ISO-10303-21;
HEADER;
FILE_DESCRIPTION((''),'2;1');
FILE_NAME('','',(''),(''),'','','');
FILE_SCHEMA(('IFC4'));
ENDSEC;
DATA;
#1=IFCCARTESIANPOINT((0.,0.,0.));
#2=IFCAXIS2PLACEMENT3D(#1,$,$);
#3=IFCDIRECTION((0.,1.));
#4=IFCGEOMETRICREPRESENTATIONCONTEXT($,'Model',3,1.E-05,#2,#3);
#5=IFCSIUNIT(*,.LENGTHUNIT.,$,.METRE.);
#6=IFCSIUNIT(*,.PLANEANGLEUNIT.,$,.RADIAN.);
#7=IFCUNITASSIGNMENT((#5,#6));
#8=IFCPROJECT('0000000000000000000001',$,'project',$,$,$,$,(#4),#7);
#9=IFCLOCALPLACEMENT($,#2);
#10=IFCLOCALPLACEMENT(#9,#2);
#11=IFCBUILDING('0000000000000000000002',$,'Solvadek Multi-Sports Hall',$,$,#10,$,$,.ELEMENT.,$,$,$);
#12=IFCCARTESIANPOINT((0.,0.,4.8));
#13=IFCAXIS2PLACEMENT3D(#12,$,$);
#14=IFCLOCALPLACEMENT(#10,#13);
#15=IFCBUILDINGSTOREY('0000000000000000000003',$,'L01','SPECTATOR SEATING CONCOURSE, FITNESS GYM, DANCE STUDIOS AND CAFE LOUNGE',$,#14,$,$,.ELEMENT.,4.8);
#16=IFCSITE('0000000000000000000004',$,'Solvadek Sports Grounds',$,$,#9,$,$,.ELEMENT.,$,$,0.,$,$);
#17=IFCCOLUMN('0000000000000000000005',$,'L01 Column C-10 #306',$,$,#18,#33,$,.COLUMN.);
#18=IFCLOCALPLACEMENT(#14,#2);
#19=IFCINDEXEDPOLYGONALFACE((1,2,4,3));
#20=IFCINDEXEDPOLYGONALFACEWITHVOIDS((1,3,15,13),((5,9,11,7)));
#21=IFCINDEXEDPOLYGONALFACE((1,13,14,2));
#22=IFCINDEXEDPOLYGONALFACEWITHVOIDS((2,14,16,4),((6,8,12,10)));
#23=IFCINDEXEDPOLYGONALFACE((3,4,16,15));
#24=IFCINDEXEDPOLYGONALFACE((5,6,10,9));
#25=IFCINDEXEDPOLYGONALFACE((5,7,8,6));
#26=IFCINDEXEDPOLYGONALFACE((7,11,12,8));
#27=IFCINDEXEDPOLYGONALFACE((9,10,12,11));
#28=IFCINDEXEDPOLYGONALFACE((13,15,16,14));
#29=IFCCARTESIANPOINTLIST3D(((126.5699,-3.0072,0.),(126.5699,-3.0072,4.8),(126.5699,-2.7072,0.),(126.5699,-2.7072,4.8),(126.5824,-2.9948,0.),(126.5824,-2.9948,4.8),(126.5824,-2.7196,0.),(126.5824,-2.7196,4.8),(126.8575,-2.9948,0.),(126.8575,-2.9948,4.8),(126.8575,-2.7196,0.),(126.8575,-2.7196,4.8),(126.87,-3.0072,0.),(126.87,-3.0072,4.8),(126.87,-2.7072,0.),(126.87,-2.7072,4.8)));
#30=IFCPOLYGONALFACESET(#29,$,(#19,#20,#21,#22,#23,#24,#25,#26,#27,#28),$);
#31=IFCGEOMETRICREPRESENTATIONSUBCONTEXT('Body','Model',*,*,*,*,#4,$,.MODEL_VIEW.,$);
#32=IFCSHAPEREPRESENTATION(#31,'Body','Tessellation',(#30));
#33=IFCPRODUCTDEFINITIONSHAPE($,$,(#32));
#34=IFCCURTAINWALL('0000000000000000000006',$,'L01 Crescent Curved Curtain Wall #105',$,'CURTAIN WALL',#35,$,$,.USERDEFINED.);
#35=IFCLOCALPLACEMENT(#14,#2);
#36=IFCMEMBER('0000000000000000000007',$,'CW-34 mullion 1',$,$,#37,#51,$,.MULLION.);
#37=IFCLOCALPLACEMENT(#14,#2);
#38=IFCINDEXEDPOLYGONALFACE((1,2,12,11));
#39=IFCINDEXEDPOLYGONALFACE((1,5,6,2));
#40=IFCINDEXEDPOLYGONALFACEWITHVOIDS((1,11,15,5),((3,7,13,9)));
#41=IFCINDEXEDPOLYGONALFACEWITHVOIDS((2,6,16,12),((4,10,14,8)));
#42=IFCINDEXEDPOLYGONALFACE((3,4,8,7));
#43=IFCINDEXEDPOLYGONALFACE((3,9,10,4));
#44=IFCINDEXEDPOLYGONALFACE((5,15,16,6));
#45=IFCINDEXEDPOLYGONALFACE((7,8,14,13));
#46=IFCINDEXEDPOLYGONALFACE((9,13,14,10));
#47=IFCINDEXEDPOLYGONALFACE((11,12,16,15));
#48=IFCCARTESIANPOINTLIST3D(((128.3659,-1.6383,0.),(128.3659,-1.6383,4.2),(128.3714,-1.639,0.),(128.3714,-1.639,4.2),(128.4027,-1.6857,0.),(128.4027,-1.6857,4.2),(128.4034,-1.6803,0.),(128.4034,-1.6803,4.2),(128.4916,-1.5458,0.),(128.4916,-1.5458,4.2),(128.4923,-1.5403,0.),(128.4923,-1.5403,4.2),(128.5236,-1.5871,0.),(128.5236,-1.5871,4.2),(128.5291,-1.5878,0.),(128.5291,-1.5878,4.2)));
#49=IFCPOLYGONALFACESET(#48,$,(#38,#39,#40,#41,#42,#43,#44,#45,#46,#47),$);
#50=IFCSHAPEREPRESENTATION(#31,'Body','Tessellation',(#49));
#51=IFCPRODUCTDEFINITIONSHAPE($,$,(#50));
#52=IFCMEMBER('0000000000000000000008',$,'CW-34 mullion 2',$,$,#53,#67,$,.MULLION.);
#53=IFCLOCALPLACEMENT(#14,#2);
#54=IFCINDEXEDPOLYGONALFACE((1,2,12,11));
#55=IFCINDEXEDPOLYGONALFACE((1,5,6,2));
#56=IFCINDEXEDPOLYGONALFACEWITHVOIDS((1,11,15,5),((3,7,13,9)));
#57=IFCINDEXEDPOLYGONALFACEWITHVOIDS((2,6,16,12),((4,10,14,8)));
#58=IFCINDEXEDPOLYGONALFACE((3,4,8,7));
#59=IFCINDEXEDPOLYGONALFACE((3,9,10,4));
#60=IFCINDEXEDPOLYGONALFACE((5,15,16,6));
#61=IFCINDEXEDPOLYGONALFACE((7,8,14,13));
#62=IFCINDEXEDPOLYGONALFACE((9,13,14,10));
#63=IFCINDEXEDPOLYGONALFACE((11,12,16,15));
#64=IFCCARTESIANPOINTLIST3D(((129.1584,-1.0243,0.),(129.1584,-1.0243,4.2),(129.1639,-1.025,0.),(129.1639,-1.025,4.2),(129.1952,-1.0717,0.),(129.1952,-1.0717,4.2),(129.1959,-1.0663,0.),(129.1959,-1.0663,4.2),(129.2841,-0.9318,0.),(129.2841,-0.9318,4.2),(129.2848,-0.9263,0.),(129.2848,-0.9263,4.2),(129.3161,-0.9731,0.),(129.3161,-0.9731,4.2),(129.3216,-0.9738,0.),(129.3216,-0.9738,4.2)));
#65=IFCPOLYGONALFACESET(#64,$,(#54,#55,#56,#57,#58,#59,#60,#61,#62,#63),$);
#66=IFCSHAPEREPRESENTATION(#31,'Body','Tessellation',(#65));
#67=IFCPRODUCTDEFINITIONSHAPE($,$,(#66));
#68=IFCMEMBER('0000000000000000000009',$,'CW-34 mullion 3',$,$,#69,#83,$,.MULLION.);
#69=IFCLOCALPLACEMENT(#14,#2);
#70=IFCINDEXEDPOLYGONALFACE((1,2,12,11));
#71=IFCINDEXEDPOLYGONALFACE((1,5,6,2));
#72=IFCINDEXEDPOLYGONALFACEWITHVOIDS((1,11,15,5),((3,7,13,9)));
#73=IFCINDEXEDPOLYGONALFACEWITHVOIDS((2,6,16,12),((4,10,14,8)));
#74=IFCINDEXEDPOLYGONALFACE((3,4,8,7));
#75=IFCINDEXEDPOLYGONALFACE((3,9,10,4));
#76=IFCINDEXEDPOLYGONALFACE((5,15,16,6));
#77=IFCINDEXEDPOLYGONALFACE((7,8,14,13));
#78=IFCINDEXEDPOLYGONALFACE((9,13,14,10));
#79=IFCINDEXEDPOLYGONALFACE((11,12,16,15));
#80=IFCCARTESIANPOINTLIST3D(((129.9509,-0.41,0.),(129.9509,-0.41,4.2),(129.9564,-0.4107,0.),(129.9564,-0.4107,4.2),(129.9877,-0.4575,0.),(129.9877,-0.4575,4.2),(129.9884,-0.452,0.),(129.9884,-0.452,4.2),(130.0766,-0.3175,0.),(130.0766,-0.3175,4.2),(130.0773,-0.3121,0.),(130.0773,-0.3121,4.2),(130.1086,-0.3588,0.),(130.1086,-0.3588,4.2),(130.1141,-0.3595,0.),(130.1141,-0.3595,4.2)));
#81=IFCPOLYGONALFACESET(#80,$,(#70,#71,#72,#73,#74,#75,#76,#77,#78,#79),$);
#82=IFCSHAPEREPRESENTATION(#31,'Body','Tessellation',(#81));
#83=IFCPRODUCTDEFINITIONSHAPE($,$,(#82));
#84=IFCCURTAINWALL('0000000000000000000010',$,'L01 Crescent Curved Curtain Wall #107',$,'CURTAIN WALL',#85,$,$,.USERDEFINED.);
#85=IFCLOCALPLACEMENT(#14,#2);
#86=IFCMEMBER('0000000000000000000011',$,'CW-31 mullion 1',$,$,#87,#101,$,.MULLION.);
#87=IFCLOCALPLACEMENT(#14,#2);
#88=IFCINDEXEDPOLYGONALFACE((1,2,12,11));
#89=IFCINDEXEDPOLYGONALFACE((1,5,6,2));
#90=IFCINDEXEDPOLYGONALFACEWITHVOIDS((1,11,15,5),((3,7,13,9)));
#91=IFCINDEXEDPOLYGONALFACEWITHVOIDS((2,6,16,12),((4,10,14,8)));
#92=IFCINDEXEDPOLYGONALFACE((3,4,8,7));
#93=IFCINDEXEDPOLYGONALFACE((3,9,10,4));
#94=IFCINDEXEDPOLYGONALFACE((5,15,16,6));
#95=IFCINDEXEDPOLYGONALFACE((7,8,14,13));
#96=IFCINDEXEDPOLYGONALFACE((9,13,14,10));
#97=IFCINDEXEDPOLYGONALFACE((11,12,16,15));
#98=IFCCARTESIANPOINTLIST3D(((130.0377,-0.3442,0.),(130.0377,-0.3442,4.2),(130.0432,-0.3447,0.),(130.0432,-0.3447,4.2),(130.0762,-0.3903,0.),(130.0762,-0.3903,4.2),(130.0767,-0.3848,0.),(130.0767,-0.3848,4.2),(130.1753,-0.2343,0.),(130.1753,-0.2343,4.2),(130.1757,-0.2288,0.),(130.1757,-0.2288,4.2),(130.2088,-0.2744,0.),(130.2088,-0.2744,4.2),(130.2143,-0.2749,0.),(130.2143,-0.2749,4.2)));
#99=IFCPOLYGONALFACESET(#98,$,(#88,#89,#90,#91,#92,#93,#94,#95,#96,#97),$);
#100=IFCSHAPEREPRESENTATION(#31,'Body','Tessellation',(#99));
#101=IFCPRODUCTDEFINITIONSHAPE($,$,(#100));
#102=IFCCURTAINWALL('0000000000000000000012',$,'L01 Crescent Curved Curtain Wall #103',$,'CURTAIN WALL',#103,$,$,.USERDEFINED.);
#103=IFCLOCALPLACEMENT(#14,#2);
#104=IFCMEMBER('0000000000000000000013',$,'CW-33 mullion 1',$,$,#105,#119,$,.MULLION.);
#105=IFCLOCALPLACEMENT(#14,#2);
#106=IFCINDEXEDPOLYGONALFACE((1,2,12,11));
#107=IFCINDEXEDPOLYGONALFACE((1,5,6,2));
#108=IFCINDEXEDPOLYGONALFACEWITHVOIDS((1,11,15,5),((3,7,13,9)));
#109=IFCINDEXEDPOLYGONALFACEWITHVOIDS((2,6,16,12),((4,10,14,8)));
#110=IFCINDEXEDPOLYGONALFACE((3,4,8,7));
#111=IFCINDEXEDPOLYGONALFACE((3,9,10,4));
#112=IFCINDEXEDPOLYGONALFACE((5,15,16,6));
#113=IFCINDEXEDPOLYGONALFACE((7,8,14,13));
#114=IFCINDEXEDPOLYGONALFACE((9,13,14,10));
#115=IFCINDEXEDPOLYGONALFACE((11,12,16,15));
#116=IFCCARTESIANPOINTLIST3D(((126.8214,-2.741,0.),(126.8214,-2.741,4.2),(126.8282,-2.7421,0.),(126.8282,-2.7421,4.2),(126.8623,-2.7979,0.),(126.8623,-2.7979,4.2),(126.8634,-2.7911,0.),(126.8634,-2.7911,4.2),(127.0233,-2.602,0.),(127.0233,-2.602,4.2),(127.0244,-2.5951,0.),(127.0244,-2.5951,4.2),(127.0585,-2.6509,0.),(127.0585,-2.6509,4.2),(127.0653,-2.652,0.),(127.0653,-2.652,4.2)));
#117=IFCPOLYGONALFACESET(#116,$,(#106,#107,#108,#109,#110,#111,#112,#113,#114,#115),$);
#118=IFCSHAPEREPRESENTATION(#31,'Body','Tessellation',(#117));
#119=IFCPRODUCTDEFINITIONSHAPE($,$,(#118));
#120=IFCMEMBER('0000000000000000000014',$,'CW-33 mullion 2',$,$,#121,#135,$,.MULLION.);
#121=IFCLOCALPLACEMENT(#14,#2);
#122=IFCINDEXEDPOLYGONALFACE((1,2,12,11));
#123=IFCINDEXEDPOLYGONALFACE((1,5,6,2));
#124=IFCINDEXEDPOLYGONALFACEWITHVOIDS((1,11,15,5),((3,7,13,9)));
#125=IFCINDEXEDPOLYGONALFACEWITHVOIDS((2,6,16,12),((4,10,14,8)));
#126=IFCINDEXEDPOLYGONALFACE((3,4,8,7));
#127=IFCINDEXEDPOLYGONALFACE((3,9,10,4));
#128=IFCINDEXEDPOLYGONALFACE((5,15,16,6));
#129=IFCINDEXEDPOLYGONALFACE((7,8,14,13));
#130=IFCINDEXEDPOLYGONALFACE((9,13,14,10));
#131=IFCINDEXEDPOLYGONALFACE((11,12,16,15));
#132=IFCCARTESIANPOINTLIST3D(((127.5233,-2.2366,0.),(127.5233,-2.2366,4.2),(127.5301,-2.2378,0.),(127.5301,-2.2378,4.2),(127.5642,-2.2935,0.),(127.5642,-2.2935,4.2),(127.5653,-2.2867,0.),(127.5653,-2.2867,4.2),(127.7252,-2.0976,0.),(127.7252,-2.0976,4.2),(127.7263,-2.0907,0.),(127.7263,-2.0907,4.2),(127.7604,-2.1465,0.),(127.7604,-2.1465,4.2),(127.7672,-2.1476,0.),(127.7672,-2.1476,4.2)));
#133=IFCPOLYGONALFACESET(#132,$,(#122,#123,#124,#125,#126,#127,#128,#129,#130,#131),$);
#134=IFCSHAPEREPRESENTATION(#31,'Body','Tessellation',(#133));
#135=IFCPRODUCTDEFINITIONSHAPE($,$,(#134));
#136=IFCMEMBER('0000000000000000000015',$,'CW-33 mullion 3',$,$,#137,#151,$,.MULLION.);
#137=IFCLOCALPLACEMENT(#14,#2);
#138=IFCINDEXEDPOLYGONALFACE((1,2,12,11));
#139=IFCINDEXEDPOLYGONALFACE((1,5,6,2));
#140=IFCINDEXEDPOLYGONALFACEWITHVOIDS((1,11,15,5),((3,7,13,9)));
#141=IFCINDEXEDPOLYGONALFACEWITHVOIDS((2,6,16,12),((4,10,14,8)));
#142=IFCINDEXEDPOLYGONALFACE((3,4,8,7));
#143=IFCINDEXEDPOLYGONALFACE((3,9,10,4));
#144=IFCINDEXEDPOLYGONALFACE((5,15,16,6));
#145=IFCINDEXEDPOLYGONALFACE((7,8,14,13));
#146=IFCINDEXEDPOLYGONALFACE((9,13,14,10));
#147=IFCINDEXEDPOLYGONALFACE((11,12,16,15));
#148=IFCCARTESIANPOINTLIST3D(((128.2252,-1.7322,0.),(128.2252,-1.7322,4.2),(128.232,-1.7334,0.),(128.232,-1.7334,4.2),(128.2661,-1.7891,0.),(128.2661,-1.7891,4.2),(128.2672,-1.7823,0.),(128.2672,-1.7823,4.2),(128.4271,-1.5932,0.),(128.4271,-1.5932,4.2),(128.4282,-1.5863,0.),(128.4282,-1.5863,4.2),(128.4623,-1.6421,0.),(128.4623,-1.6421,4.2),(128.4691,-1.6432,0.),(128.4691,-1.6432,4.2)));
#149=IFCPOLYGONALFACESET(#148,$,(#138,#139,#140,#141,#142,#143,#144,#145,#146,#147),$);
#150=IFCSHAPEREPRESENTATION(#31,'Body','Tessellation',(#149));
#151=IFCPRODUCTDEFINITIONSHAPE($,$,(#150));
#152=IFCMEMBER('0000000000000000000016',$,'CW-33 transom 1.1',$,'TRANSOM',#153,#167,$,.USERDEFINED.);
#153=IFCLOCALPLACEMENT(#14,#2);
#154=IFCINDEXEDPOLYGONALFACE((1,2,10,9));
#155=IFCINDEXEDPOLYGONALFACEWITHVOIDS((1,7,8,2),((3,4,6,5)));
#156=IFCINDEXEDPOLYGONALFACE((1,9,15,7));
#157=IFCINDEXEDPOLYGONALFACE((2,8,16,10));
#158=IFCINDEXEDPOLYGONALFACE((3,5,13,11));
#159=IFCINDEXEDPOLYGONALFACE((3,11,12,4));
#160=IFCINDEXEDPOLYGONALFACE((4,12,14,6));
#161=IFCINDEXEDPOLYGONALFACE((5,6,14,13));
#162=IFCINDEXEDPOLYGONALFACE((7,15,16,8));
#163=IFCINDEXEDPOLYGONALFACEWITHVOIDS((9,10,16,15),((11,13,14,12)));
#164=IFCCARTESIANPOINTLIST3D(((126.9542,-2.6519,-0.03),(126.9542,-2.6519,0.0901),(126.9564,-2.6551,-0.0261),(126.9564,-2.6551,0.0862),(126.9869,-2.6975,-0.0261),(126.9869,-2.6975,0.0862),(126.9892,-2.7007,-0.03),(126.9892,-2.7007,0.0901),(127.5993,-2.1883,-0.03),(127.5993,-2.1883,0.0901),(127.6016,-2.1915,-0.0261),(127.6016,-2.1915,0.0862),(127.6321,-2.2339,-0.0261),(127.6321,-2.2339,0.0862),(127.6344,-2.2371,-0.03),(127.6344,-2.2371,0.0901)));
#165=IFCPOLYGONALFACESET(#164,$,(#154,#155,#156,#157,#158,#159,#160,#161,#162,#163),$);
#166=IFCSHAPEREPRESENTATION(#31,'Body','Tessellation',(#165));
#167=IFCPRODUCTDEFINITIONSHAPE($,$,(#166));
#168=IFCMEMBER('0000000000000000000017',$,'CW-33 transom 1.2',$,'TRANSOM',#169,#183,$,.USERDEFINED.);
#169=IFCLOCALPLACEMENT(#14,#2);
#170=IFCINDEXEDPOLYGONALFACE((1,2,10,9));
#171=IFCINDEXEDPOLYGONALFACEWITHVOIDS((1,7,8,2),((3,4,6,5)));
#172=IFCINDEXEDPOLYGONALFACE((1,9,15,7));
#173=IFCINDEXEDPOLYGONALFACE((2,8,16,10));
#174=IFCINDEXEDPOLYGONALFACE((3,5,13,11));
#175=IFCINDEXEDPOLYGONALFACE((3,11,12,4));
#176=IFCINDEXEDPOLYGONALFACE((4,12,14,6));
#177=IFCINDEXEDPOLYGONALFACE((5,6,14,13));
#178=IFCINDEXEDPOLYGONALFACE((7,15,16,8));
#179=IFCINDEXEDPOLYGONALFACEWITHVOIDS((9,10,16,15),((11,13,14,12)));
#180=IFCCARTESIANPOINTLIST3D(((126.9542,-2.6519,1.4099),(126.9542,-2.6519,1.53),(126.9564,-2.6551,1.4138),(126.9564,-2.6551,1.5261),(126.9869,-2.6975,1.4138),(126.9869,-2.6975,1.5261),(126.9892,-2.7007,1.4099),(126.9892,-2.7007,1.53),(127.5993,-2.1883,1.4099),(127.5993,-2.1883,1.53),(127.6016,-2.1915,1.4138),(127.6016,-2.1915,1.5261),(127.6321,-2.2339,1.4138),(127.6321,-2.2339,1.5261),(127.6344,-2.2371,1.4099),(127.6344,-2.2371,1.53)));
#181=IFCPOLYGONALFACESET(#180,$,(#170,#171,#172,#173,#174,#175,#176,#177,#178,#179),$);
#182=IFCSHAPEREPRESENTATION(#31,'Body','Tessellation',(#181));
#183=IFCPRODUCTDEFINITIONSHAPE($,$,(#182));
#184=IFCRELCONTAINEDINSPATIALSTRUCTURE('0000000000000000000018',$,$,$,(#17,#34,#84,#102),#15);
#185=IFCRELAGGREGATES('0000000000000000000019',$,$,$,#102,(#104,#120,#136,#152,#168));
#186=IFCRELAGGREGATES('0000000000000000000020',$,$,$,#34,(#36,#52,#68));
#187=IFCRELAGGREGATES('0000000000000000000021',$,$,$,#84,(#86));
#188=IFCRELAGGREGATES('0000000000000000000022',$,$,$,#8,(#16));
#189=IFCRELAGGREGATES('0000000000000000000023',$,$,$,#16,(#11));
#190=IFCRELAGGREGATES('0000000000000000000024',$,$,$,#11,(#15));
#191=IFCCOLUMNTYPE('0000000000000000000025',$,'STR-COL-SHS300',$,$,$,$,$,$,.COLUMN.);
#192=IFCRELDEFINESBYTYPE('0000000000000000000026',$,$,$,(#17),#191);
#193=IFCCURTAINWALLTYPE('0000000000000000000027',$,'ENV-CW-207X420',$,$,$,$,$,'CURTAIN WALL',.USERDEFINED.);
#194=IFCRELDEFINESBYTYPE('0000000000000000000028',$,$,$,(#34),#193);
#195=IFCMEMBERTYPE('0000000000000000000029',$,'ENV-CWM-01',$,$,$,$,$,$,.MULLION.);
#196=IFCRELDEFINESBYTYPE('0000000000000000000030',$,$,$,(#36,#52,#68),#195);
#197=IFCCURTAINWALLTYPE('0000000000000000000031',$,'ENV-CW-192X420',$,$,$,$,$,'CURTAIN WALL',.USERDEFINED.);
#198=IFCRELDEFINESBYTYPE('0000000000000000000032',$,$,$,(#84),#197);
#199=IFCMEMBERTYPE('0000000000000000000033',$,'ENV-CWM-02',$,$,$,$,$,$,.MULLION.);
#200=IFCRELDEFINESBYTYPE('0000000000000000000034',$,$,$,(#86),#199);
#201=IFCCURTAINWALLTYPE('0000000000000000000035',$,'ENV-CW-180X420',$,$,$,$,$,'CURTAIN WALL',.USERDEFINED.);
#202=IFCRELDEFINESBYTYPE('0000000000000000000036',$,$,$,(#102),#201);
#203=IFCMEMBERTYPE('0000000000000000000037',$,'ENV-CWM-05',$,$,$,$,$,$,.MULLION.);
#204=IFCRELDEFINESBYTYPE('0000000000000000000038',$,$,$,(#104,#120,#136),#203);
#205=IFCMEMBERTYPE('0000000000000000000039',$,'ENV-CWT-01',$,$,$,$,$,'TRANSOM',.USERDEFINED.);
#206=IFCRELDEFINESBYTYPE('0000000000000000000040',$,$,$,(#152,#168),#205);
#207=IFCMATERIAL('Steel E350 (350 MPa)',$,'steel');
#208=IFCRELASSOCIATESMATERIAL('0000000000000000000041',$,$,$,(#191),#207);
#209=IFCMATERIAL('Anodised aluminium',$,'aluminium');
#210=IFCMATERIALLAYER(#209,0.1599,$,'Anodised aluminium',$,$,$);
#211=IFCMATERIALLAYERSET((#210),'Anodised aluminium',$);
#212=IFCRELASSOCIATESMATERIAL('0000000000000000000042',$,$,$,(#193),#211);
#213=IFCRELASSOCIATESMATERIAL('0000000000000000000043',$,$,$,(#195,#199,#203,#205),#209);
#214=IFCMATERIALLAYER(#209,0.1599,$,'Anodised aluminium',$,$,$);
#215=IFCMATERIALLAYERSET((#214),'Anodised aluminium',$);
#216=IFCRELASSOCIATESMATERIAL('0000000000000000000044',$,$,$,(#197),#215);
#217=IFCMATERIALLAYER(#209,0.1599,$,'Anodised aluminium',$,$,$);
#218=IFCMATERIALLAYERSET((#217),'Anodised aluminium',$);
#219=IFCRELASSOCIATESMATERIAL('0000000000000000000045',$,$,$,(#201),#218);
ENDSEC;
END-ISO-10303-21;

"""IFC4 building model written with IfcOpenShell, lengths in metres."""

from ifc_helpers import new_model, si_unit, direction, frame, origin, origin_2d, place, context, subcontext, project, spatial, hollow_rectangle, extrude, material, layer, layer_set, material_profile, profile_set, type_object, element, aggregate, save


model = new_model("IFC4")

# Units and contexts
model_context = context("Model", 3, precision=1e-05, world=origin(), true_north=direction((0.0, 1.0)))
body_context = subcontext(model_context, "Body", "Model", "MODEL_VIEW")
ifc_project = project(units=[si_unit("LENGTHUNIT", "METRE"), si_unit("PLANEANGLEUNIT", "RADIAN")], contexts=[model_context])

# Site, building, storey
site_placement = place(None, origin())
site = spatial("IfcSite", under=ifc_project, at=site_placement, Name="Solvadek Sports Grounds", CompositionType="ELEMENT", RefElevation=0.0)
building_placement = place(site_placement, origin())
building = spatial("IfcBuilding", under=site, at=building_placement, Name="Solvadek Multi-Sports Hall", CompositionType="ELEMENT")
storey_placement = place(building_placement, frame((0.0, 0.0, 4.8)))
storey = spatial("IfcBuildingStorey", under=building, at=storey_placement, Name="L01", Description="SPECTATOR SEATING CONCOURSE, FITNESS GYM, DANCE STUDIOS AND CAFE LOUNGE", CompositionType="ELEMENT", Elevation=4.8)

# Column
ifc_material_1 = material(Name="Steel E350 (350 MPa)", Category="steel")
ifc_material_profile_1 = material_profile(ifc_material_1, hollow_rectangle(XDim=0.3, YDim=0.3, WallThickness=0.0125, at=origin_2d()), Name="SHS 300x300x12.5")
ifc_profile_set_1 = profile_set([ifc_material_profile_1], Name="Steel E350 (350 MPa)")
column_type = type_object("IfcColumnType", Name="STR-COL-SHS300", PredefinedType="COLUMN", material=ifc_profile_set_1)
column_placement = place(storey_placement, frame((126.72, -2.8572, 0.0), z_axis=(0.0, 0.0, 1.0), x_axis=(1.0, 0.0, 0.0)))
element("IfcColumn", 1, at=column_placement, inside=storey, type_object=column_type, Name="L01 Column C-10 #306", PredefinedType="COLUMN", context=body_context, shape_type="SweptSolid", body=[
    extrude(hollow_rectangle(XDim=0.3, YDim=0.3, WallThickness=0.0125, at=origin_2d()), origin(), (0.0, 0.0, 1.0), 4.8),
])

# Curtain wall, members
ifc_material_2 = material(Name="Anodised aluminium", Category="aluminium")
ifc_layer_1 = layer(ifc_material_2, 0.1599, Name="Anodised aluminium")
ifc_layer_set_1 = layer_set([ifc_layer_1], Name="Anodised aluminium")
curtain_wall_type_1 = type_object("IfcCurtainWallType", Name="ENV-CW-207X420", ElementType="CURTAIN WALL", PredefinedType="USERDEFINED", material=ifc_layer_set_1)
curtain_wall_1_placement = place(storey_placement, origin())
curtain_wall_1 = element("IfcCurtainWall", 2, at=curtain_wall_1_placement, inside=storey, type_object=curtain_wall_type_1, Name="L01 Crescent Curved Curtain Wall #105", ObjectType="CURTAIN WALL", PredefinedType="USERDEFINED")
ifc_material_profile_2 = material_profile(ifc_material_2, hollow_rectangle(XDim=0.0601, YDim=0.1599, WallThickness=0.0039, at=origin_2d()), Name="ALU-M 160x60x4")
ifc_profile_set_2 = profile_set([ifc_material_profile_2], Name="Anodised aluminium")
member_type_1 = type_object("IfcMemberType", Name="ENV-CWM-01", PredefinedType="MULLION", material=ifc_profile_set_2)
member_1_placement = place(storey_placement, frame((128.4475, -1.613, 0.0), z_axis=(0.0, 0.0, 1.0), x_axis=(-0.612461, 0.790501, 0.0)))
member_1 = element("IfcMember", 3, at=member_1_placement, type_object=member_type_1, Name="CW-34 mullion 1", PredefinedType="MULLION", context=body_context, shape_type="SweptSolid", body=[
    extrude(hollow_rectangle(XDim=0.0601, YDim=0.1599, WallThickness=0.0039, at=origin_2d()), origin(), (0.0, 0.0, 1.0), 4.2),
])
member_2_placement = place(storey_placement, frame((129.24, -0.999, 0.0), z_axis=(0.0, 0.0, 1.0), x_axis=(-0.612461, 0.790501, 0.0)))
member_2 = element("IfcMember", 4, at=member_2_placement, type_object=member_type_1, Name="CW-34 mullion 2", PredefinedType="MULLION", context=body_context, shape_type="SweptSolid", body=[
    extrude(hollow_rectangle(XDim=0.0601, YDim=0.1599, WallThickness=0.0039, at=origin_2d()), origin(), (0.0, 0.0, 1.0), 4.2),
])
member_3_placement = place(storey_placement, frame((130.0325, -0.3848, 0.0), z_axis=(0.0, 0.0, 1.0), x_axis=(-0.612461, 0.790501, 0.0)))
member_3 = element("IfcMember", 5, at=member_3_placement, type_object=member_type_1, Name="CW-34 mullion 3", PredefinedType="MULLION", context=body_context, shape_type="SweptSolid", body=[
    extrude(hollow_rectangle(XDim=0.0601, YDim=0.1599, WallThickness=0.0039, at=origin_2d()), origin(), (0.0, 0.0, 1.0), 4.2),
])

# Curtain wall, member
ifc_layer_2 = layer(ifc_material_2, 0.1599, Name="Anodised aluminium")
ifc_layer_set_2 = layer_set([ifc_layer_2], Name="Anodised aluminium")
curtain_wall_type_2 = type_object("IfcCurtainWallType", Name="ENV-CW-192X420", ElementType="CURTAIN WALL", PredefinedType="USERDEFINED", material=ifc_layer_set_2)
curtain_wall_2_placement = place(storey_placement, origin())
curtain_wall_2 = element("IfcCurtainWall", 6, at=curtain_wall_2_placement, inside=storey, type_object=curtain_wall_type_2, Name="L01 Crescent Curved Curtain Wall #107", ObjectType="CURTAIN WALL", PredefinedType="USERDEFINED")
ifc_material_profile_3 = material_profile(ifc_material_2, hollow_rectangle(XDim=0.0601, YDim=0.1799, WallThickness=0.0039, at=origin_2d()), Name="ALU-M 180x60x4")
ifc_profile_set_3 = profile_set([ifc_material_profile_3], Name="Anodised aluminium")
member_type_2 = type_object("IfcMemberType", Name="ENV-CWM-02", PredefinedType="MULLION", material=ifc_profile_set_3)
member_4_placement = place(storey_placement, frame((130.126, -0.3096, 0.0), z_axis=(0.0, 0.0, 1.0), x_axis=(-0.641347, 0.767251, 0.0)))
member_4 = element("IfcMember", 7, at=member_4_placement, type_object=member_type_2, Name="CW-31 mullion 1", PredefinedType="MULLION", context=body_context, shape_type="SweptSolid", body=[
    extrude(hollow_rectangle(XDim=0.0601, YDim=0.1799, WallThickness=0.0039, at=origin_2d()), origin(), (0.0, 0.0, 1.0), 4.2),
])

# Curtain wall, members
ifc_layer_3 = layer(ifc_material_2, 0.1599, Name="Anodised aluminium")
ifc_layer_set_3 = layer_set([ifc_layer_3], Name="Anodised aluminium")
curtain_wall_type_3 = type_object("IfcCurtainWallType", Name="ENV-CW-180X420", ElementType="CURTAIN WALL", PredefinedType="USERDEFINED", material=ifc_layer_set_3)
curtain_wall_3_placement = place(storey_placement, origin())
curtain_wall_3 = element("IfcCurtainWall", 8, at=curtain_wall_3_placement, inside=storey, type_object=curtain_wall_type_3, Name="L01 Crescent Curved Curtain Wall #103", ObjectType="CURTAIN WALL", PredefinedType="USERDEFINED")
ifc_material_profile_4 = material_profile(ifc_material_2, hollow_rectangle(XDim=0.0701, YDim=0.25, WallThickness=0.0049, at=origin_2d()), Name="ALU-M 250x70x5")
ifc_profile_set_4 = profile_set([ifc_material_profile_4], Name="Anodised aluminium")
member_type_3 = type_object("IfcMemberType", Name="ENV-CWM-05", PredefinedType="MULLION", material=ifc_profile_set_4)
member_5_placement = place(storey_placement, frame((126.9434, -2.6965, 0.0), z_axis=(0.0, 0.0, 1.0), x_axis=(-0.583571, 0.812062, 0.0)))
member_5 = element("IfcMember", 9, at=member_5_placement, type_object=member_type_3, Name="CW-33 mullion 1", PredefinedType="MULLION", context=body_context, shape_type="SweptSolid", body=[
    extrude(hollow_rectangle(XDim=0.0701, YDim=0.25, WallThickness=0.0049, at=origin_2d()), origin(), (0.0, 0.0, 1.0), 4.2),
])
member_6_placement = place(storey_placement, frame((127.6453, -2.1921, 0.0), z_axis=(0.0, 0.0, 1.0), x_axis=(-0.583571, 0.812062, 0.0)))
member_6 = element("IfcMember", 10, at=member_6_placement, type_object=member_type_3, Name="CW-33 mullion 2", PredefinedType="MULLION", context=body_context, shape_type="SweptSolid", body=[
    extrude(hollow_rectangle(XDim=0.0701, YDim=0.25, WallThickness=0.0049, at=origin_2d()), origin(), (0.0, 0.0, 1.0), 4.2),
])
member_7_placement = place(storey_placement, frame((128.3472, -1.6877, 0.0), z_axis=(0.0, 0.0, 1.0), x_axis=(-0.583571, 0.812062, 0.0)))
member_7 = element("IfcMember", 11, at=member_7_placement, type_object=member_type_3, Name="CW-33 mullion 3", PredefinedType="MULLION", context=body_context, shape_type="SweptSolid", body=[
    extrude(hollow_rectangle(XDim=0.0701, YDim=0.25, WallThickness=0.0049, at=origin_2d()), origin(), (0.0, 0.0, 1.0), 4.2),
])
ifc_material_profile_5 = material_profile(ifc_material_2, hollow_rectangle(XDim=0.0601, YDim=0.1201, WallThickness=0.0039, at=origin_2d()), Name="ALU-T 120x60x4")
ifc_profile_set_5 = profile_set([ifc_material_profile_5], Name="Anodised aluminium")
member_type_4 = type_object("IfcMemberType", Name="ENV-CWT-01", ElementType="TRANSOM", PredefinedType="USERDEFINED", material=ifc_profile_set_5)
member_8_placement = place(storey_placement, frame((126.9717, -2.6763, 0.03), z_axis=(0.812111, 0.583503, 0.0), x_axis=(-0.583503, 0.812111, 0.0)))
member_8 = element("IfcMember", 12, at=member_8_placement, type_object=member_type_4, Name="CW-33 transom 1.1", ObjectType="TRANSOM", PredefinedType="USERDEFINED", context=body_context, shape_type="SweptSolid", body=[
    extrude(hollow_rectangle(XDim=0.0601, YDim=0.1201, WallThickness=0.0039, at=origin_2d()), origin(), (0.0, 0.0, 1.0), 0.7944),
])
member_9_placement = place(storey_placement, frame((126.9717, -2.6763, 1.47), z_axis=(0.812111, 0.583503, 0.0), x_axis=(-0.583503, 0.812111, 0.0)))
member_9 = element("IfcMember", 13, at=member_9_placement, type_object=member_type_4, Name="CW-33 transom 1.2", ObjectType="TRANSOM", PredefinedType="USERDEFINED", context=body_context, shape_type="SweptSolid", body=[
    extrude(hollow_rectangle(XDim=0.0601, YDim=0.1201, WallThickness=0.0039, at=origin_2d()), origin(), (0.0, 0.0, 1.0), 0.7944),
])

aggregate(curtain_wall_3, [member_5, member_6, member_7, member_8, member_9])
aggregate(curtain_wall_1, [member_1, member_2, member_3])
aggregate(curtain_wall_2, [member_4])

save(model, "model.ifc")
